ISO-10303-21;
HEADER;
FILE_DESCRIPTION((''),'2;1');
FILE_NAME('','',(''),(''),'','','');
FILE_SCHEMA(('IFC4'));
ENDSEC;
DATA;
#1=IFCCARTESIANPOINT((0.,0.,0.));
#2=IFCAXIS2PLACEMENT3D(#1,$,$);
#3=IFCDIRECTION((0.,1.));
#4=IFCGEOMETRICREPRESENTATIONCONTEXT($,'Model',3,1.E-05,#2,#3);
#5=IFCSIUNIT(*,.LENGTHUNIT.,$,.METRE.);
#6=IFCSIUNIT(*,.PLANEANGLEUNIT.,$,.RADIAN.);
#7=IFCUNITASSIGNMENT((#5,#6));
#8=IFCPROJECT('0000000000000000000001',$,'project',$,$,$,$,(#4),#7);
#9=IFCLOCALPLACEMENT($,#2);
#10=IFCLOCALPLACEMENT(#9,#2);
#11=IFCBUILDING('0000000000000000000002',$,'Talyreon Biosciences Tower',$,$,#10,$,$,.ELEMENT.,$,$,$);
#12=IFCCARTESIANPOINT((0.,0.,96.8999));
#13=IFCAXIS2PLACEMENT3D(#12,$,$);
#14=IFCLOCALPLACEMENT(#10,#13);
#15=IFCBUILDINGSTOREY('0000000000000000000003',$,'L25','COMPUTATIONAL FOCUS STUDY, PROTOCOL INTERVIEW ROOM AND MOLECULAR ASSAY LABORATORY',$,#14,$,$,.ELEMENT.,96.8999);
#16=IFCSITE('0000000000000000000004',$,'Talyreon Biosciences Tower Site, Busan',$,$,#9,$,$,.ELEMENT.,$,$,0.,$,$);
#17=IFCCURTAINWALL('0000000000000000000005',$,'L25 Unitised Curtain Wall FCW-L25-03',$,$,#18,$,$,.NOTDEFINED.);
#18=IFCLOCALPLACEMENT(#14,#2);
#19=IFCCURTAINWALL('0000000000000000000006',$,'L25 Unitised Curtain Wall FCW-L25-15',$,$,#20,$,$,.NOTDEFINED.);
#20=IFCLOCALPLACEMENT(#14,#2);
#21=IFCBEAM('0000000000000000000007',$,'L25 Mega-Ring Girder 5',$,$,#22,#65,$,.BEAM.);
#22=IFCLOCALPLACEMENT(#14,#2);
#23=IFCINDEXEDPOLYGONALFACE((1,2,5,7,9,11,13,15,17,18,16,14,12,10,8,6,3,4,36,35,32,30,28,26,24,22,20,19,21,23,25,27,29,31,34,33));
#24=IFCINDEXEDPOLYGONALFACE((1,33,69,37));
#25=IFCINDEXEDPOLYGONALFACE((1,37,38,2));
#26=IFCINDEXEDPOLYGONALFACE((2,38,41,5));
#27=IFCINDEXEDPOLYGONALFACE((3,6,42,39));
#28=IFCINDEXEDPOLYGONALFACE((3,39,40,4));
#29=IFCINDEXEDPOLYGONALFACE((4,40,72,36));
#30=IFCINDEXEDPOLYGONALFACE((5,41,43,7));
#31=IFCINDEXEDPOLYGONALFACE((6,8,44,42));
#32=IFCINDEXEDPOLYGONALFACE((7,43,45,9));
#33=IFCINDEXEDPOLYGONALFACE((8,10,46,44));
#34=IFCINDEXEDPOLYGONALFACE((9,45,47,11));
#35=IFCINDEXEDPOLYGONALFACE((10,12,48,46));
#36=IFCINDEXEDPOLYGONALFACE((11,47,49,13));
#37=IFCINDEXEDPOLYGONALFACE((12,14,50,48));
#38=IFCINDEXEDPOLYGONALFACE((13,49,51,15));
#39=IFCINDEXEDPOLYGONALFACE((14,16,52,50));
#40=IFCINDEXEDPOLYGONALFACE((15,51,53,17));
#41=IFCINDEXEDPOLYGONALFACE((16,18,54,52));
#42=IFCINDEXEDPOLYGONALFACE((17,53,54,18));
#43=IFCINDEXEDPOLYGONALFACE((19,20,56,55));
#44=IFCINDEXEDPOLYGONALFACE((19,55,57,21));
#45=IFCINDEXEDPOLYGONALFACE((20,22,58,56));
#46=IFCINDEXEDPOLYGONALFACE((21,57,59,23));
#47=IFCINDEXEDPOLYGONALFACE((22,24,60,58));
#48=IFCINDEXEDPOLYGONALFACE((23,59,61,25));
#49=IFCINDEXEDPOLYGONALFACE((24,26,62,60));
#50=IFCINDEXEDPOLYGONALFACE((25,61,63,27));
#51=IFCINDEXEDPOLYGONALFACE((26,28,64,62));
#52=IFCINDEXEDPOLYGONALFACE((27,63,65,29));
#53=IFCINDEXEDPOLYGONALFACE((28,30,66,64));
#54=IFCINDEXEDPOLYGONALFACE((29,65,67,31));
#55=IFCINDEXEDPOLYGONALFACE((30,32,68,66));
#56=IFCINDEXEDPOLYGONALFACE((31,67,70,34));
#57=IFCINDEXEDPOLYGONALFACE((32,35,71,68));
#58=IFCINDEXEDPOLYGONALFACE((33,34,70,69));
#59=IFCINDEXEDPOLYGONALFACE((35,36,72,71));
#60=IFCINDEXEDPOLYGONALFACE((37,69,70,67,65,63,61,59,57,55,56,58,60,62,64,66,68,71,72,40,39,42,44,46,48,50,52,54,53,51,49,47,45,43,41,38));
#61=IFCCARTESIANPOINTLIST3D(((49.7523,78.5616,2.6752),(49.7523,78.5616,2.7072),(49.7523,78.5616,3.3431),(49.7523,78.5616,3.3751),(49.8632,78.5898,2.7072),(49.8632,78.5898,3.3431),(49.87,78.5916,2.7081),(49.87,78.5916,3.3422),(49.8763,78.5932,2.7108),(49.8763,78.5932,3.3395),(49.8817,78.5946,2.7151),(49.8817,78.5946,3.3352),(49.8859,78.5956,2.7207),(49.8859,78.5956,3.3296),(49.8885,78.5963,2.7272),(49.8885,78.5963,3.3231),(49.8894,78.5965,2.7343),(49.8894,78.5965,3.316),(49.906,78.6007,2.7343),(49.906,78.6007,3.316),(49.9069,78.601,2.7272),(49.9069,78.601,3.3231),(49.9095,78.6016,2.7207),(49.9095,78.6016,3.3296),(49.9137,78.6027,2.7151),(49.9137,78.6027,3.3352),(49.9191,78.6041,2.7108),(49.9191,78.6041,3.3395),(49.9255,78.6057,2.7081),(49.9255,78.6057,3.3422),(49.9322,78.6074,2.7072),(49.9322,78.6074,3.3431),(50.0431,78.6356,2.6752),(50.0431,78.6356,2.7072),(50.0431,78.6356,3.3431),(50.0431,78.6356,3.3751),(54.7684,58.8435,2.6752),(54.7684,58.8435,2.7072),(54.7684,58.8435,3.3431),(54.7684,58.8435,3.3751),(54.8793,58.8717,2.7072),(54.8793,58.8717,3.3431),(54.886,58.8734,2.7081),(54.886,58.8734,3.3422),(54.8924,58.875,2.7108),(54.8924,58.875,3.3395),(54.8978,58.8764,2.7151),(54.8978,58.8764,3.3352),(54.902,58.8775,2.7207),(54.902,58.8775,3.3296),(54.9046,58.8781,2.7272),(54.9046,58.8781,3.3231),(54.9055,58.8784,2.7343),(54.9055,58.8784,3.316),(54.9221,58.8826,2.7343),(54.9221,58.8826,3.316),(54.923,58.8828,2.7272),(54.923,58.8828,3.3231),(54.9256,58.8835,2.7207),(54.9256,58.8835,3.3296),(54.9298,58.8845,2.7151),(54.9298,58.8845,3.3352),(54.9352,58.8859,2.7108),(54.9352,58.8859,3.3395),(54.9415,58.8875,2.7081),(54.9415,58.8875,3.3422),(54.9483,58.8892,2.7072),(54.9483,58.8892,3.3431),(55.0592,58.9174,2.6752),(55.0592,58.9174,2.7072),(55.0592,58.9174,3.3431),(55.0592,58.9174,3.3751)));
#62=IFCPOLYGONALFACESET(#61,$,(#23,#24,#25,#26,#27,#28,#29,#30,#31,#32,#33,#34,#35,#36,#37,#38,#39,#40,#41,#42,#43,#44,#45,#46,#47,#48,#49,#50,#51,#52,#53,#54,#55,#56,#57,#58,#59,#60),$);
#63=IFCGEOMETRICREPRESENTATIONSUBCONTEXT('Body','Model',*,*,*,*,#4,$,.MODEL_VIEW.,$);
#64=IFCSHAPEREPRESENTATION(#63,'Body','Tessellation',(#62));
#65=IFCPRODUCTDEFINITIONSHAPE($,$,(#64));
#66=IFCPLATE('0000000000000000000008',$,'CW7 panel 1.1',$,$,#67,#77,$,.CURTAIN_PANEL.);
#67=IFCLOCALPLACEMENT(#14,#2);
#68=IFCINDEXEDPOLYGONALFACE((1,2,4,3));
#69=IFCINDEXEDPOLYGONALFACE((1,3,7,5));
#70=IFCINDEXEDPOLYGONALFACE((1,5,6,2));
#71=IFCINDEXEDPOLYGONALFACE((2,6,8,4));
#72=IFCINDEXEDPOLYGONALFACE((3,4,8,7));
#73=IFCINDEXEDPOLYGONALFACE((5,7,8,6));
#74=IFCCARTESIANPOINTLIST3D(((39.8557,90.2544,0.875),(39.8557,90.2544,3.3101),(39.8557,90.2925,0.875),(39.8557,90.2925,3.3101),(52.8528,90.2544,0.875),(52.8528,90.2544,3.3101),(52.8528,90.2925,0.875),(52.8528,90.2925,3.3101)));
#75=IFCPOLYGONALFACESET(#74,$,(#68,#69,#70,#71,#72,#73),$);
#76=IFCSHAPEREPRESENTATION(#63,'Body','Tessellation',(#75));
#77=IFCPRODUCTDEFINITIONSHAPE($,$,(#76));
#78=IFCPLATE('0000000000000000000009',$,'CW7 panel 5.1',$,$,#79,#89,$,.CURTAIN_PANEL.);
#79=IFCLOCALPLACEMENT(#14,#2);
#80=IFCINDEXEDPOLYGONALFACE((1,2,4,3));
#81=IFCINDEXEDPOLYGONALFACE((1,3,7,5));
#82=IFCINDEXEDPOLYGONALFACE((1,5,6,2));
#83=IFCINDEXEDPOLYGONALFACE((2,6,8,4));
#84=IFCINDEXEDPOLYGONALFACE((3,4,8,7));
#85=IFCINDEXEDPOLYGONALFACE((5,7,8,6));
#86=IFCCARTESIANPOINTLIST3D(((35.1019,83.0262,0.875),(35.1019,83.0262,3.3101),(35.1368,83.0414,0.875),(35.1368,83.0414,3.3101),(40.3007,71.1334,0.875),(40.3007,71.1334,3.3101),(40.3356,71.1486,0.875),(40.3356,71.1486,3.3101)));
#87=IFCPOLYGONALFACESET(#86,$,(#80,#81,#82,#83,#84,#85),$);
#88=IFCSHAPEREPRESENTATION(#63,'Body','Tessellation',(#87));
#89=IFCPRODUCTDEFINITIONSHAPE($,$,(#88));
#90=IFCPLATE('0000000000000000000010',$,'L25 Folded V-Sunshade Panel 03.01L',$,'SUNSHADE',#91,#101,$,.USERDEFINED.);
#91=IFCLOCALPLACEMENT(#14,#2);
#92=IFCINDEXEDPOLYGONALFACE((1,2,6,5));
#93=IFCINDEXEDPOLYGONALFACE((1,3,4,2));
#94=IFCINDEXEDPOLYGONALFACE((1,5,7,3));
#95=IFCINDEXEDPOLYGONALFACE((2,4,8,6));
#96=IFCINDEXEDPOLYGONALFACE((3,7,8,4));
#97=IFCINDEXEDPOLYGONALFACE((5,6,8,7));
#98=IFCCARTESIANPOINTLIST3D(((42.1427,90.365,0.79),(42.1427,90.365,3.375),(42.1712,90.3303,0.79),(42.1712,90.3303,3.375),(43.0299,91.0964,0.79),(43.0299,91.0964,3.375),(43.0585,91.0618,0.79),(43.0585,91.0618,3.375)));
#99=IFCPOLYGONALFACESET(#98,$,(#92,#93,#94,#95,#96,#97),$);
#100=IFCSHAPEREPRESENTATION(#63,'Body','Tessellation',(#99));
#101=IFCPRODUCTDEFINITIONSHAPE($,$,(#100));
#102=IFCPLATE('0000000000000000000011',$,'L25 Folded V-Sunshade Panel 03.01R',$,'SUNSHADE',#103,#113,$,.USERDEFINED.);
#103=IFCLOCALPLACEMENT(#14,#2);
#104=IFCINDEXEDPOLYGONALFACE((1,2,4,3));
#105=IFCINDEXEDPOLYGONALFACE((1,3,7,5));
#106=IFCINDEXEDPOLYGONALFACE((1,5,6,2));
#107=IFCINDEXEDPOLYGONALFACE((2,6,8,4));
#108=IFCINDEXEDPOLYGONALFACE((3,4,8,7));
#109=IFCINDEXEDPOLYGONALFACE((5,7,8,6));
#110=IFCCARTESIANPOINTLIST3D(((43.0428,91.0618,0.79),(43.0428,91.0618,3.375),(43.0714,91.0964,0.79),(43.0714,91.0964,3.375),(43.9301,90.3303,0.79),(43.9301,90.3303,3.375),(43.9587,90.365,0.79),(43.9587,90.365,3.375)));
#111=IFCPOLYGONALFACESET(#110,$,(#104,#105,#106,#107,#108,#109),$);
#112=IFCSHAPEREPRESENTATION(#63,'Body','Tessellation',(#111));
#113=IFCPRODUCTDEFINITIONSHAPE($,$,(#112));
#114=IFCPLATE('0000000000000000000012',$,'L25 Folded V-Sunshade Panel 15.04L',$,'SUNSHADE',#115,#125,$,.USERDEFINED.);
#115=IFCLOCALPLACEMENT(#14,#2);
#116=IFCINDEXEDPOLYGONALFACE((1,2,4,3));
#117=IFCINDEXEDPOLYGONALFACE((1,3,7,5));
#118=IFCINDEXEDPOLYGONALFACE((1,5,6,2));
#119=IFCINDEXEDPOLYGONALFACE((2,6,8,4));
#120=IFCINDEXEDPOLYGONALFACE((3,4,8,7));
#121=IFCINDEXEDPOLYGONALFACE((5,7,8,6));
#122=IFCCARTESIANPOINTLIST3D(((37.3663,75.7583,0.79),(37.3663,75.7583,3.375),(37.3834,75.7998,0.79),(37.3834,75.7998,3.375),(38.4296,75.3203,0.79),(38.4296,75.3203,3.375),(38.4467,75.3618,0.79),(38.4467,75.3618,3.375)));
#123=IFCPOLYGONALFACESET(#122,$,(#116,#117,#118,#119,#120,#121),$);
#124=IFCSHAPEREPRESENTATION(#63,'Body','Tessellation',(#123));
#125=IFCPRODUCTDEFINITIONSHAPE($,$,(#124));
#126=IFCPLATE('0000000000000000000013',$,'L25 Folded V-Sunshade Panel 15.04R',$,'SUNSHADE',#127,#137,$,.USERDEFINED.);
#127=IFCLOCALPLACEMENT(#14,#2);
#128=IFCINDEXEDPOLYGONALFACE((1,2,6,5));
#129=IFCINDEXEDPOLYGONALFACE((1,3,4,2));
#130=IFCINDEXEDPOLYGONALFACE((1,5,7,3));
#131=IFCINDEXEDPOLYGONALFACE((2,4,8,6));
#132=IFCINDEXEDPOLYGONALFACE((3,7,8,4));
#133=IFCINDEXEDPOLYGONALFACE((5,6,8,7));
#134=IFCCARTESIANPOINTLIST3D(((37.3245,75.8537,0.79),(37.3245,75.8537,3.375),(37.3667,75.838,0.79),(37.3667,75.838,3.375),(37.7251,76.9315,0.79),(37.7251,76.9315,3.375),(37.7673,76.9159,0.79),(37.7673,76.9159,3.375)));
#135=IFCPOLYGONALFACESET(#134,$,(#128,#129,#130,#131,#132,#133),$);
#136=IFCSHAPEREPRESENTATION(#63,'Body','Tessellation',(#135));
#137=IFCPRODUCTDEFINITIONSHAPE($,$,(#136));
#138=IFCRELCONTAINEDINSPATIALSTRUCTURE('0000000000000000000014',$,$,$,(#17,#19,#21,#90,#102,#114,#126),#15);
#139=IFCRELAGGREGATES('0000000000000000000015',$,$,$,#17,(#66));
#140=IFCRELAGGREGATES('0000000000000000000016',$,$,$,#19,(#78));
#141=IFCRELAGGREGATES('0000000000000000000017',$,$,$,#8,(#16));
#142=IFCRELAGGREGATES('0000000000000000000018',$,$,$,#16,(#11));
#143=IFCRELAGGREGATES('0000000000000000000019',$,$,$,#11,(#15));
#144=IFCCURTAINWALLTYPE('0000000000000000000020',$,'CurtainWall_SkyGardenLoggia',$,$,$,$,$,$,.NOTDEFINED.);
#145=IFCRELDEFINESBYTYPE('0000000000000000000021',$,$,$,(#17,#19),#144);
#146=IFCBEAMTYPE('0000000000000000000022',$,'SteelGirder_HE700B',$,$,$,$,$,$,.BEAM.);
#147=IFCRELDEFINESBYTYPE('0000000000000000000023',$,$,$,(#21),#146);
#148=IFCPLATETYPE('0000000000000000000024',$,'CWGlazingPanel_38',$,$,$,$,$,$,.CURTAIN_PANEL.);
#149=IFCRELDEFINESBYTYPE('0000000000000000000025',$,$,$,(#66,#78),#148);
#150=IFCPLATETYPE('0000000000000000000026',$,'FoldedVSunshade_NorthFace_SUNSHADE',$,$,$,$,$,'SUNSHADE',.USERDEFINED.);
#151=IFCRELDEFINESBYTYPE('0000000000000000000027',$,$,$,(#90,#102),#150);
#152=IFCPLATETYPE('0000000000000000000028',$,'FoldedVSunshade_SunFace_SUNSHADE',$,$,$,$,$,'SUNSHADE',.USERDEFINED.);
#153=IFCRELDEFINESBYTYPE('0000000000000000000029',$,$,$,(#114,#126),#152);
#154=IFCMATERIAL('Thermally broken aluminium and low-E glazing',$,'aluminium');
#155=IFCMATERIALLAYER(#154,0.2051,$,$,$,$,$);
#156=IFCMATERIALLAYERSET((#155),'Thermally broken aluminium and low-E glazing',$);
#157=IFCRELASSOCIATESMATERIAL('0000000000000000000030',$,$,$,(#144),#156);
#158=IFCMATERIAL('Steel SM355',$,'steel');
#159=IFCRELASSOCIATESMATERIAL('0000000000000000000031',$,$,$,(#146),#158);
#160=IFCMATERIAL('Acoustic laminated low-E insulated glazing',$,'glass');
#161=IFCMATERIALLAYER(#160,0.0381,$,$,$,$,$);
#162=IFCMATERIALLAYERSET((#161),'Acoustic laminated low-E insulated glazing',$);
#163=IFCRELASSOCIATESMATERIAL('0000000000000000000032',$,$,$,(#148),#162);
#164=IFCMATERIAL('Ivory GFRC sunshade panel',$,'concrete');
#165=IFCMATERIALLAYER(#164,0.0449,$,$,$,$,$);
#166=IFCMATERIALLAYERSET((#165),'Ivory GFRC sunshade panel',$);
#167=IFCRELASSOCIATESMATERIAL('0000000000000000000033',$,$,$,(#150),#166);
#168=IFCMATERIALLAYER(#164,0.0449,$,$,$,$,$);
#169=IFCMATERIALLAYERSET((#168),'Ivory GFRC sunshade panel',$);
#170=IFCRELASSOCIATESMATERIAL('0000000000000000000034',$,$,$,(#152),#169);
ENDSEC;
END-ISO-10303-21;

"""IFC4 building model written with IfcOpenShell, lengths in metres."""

from ifc_helpers import new_model, si_unit, direction, frame, origin, origin_2d, place, context, subcontext, project, spatial, rectangle, i_section, extrude, material, layer, layer_set, material_profile, profile_set, type_object, element, aggregate, save


model = new_model("IFC4")

# Units and contexts
model_context = context("Model", 3, precision=1e-05, world=origin(), true_north=direction((0.0, 1.0)))
body_context = subcontext(model_context, "Body", "Model", "MODEL_VIEW")
ifc_project = project(units=[si_unit("LENGTHUNIT", "METRE"), si_unit("PLANEANGLEUNIT", "RADIAN")], contexts=[model_context])

# Site, building, storey
site_placement = place(None, origin())
site = spatial("IfcSite", under=ifc_project, at=site_placement, Name="Talyreon Biosciences Tower Site, Busan", CompositionType="ELEMENT", RefElevation=0.0)
building_placement = place(site_placement, origin())
building = spatial("IfcBuilding", under=site, at=building_placement, Name="Talyreon Biosciences Tower", CompositionType="ELEMENT")
storey_placement = place(building_placement, frame((0.0, 0.0, 96.8999)))
storey = spatial("IfcBuildingStorey", under=building, at=storey_placement, Name="L25", Description="COMPUTATIONAL FOCUS STUDY, PROTOCOL INTERVIEW ROOM AND MOLECULAR ASSAY LABORATORY", CompositionType="ELEMENT", Elevation=96.8999)

# Curtain wall
ifc_material_1 = material(Name="Thermally broken aluminium and low-E glazing", Category="aluminium")
ifc_layer_1 = layer(ifc_material_1, 0.2051)
ifc_layer_set_1 = layer_set([ifc_layer_1], Name="Thermally broken aluminium and low-E glazing")
curtain_wall_type = type_object("IfcCurtainWallType", Name="CurtainWall_SkyGardenLoggia", PredefinedType="NOTDEFINED", material=ifc_layer_set_1)
curtain_wall_1_placement = place(storey_placement, origin())
curtain_wall_1 = element("IfcCurtainWall", 1, at=curtain_wall_1_placement, inside=storey, type_object=curtain_wall_type, Name="L25 Unitised Curtain Wall FCW-L25-03", PredefinedType="NOTDEFINED")

# Curtain wall
curtain_wall_2_placement = place(storey_placement, origin())
curtain_wall_2 = element("IfcCurtainWall", 2, at=curtain_wall_2_placement, inside=storey, type_object=curtain_wall_type, Name="L25 Unitised Curtain Wall FCW-L25-15", PredefinedType="NOTDEFINED")

# Beam
ifc_material_2 = material(Name="Steel SM355", Category="steel")
ifc_material_profile_1 = material_profile(ifc_material_2, i_section(OverallWidth=0.3, OverallDepth=0.7, WebThickness=0.0171, FlangeThickness=0.032, FilletRadius=0.0271, at=origin_2d()), Name="HE700B")
ifc_profile_set_1 = profile_set([ifc_material_profile_1], Name="Steel SM355")
beam_type_1 = type_object("IfcBeamType", Name="SteelGirder_HE700B", PredefinedType="BEAM", material=ifc_profile_set_1)
beam_1_placement = place(storey_placement, frame((49.8977, 78.5986, 3.0251), z_axis=(0.246537, -0.969133, 0.0), x_axis=(0.969133, 0.246537, 0.0)))
element("IfcBeam", 3, at=beam_1_placement, inside=storey, type_object=beam_type_1, Name="L25 Mega-Ring Girder 5", PredefinedType="BEAM", context=body_context, shape_type="SweptSolid", body=[
    extrude(i_section(OverallWidth=0.3, OverallDepth=0.7, WebThickness=0.0171, FlangeThickness=0.032, FilletRadius=0.0271, at=origin_2d()), origin(), (0.0, 0.0, 1.0), 20.3462),
])

# Plates
ifc_material_3 = material(Name="Acoustic laminated low-E insulated glazing", Category="glass")
ifc_layer_2 = layer(ifc_material_3, 0.0381)
ifc_layer_set_2 = layer_set([ifc_layer_2], Name="Acoustic laminated low-E insulated glazing")
plate_type_1 = type_object("IfcPlateType", Name="CWGlazingPanel_38", PredefinedType="CURTAIN_PANEL", material=ifc_layer_set_2)
plate_1_placement = place(storey_placement, frame((46.3542, 90.2734, 0.875), z_axis=(0.0, 0.0, 1.0), x_axis=(1.0, 0.0, 0.0)))
plate_1 = element("IfcPlate", 4, at=plate_1_placement, type_object=plate_type_1, Name="CW7 panel 1.1", PredefinedType="CURTAIN_PANEL", context=body_context, shape_type="SweptSolid", body=[
    extrude(rectangle(XDim=12.9971, YDim=0.0381, at=origin_2d()), origin(), (0.0, 0.0, 1.0), 2.4351),
])
aggregate(curtain_wall_1, [plate_1])
plate_2_placement = place(storey_placement, frame((37.7188, 77.0874, 0.875), z_axis=(0.0, 0.0, 1.0), x_axis=(-0.400542, 0.916278, 0.0)))
plate_2 = element("IfcPlate", 5, at=plate_2_placement, type_object=plate_type_1, Name="CW7 panel 5.1", PredefinedType="CURTAIN_PANEL", context=body_context, shape_type="SweptSolid", body=[
    extrude(rectangle(XDim=12.9795, YDim=0.0381, at=origin_2d()), origin(), (0.0, 0.0, 1.0), 2.4351),
])
aggregate(curtain_wall_2, [plate_2])

# Plates
ifc_material_4 = material(Name="Ivory GFRC sunshade panel", Category="concrete")
ifc_layer_3 = layer(ifc_material_4, 0.0449)
ifc_layer_set_3 = layer_set([ifc_layer_3], Name="Ivory GFRC sunshade panel")
plate_type_2 = type_object("IfcPlateType", Name="FoldedVSunshade_NorthFace_SUNSHADE", ElementType="SUNSHADE", PredefinedType="USERDEFINED", material=ifc_layer_set_3)
for number, where, z_axis, x_axis, name in (
    (6, (42.6006, 90.7134, 0.79), (0.0, 0.0, 1.0), (0.771625, 0.636078, 0.0), "L25 Folded V-Sunshade Panel 03.01L"),
    (7, (43.5007, 90.7134, 0.79), (0.0, 0.0, 1.0), (0.771625, -0.636078, 0.0), "L25 Folded V-Sunshade Panel 03.01R"),
):
    element("IfcPlate", number, at=place(storey_placement, frame(where, z_axis=z_axis, x_axis=x_axis)), inside=storey, type_object=plate_type_2, Name=name, ObjectType="SUNSHADE", PredefinedType="USERDEFINED", context=body_context, shape_type="SweptSolid", body=[
        extrude(rectangle(XDim=1.1499, YDim=0.0449, at=origin_2d()), origin(), (0.0, 0.0, 1.0), 2.585),
    ])
ifc_layer_4 = layer(ifc_material_4, 0.0449)
ifc_layer_set_4 = layer_set([ifc_layer_4], Name="Ivory GFRC sunshade panel")
plate_type_3 = type_object("IfcPlateType", Name="FoldedVSunshade_SunFace_SUNSHADE", ElementType="SUNSHADE", PredefinedType="USERDEFINED", material=ifc_layer_set_4)
for number, where, z_axis, x_axis, name in (
    (8, (37.9065, 75.5601, 0.79), (0.0, 0.0, 1.0), (-0.924626, 0.380877, 0.0), "L25 Folded V-Sunshade Panel 15.04L"),
    (9, (37.5459, 76.3848, 0.79), (0.0, 0.0, 1.0), (0.348376, 0.937355, 0.0), "L25 Folded V-Sunshade Panel 15.04R"),
):
    element("IfcPlate", number, at=place(storey_placement, frame(where, z_axis=z_axis, x_axis=x_axis)), inside=storey, type_object=plate_type_3, Name=name, ObjectType="SUNSHADE", PredefinedType="USERDEFINED", context=body_context, shape_type="SweptSolid", body=[
        extrude(rectangle(XDim=1.1499, YDim=0.0449, at=origin_2d()), origin(), (0.0, 0.0, 1.0), 2.585),
    ])

save(model, "model.ifc")
